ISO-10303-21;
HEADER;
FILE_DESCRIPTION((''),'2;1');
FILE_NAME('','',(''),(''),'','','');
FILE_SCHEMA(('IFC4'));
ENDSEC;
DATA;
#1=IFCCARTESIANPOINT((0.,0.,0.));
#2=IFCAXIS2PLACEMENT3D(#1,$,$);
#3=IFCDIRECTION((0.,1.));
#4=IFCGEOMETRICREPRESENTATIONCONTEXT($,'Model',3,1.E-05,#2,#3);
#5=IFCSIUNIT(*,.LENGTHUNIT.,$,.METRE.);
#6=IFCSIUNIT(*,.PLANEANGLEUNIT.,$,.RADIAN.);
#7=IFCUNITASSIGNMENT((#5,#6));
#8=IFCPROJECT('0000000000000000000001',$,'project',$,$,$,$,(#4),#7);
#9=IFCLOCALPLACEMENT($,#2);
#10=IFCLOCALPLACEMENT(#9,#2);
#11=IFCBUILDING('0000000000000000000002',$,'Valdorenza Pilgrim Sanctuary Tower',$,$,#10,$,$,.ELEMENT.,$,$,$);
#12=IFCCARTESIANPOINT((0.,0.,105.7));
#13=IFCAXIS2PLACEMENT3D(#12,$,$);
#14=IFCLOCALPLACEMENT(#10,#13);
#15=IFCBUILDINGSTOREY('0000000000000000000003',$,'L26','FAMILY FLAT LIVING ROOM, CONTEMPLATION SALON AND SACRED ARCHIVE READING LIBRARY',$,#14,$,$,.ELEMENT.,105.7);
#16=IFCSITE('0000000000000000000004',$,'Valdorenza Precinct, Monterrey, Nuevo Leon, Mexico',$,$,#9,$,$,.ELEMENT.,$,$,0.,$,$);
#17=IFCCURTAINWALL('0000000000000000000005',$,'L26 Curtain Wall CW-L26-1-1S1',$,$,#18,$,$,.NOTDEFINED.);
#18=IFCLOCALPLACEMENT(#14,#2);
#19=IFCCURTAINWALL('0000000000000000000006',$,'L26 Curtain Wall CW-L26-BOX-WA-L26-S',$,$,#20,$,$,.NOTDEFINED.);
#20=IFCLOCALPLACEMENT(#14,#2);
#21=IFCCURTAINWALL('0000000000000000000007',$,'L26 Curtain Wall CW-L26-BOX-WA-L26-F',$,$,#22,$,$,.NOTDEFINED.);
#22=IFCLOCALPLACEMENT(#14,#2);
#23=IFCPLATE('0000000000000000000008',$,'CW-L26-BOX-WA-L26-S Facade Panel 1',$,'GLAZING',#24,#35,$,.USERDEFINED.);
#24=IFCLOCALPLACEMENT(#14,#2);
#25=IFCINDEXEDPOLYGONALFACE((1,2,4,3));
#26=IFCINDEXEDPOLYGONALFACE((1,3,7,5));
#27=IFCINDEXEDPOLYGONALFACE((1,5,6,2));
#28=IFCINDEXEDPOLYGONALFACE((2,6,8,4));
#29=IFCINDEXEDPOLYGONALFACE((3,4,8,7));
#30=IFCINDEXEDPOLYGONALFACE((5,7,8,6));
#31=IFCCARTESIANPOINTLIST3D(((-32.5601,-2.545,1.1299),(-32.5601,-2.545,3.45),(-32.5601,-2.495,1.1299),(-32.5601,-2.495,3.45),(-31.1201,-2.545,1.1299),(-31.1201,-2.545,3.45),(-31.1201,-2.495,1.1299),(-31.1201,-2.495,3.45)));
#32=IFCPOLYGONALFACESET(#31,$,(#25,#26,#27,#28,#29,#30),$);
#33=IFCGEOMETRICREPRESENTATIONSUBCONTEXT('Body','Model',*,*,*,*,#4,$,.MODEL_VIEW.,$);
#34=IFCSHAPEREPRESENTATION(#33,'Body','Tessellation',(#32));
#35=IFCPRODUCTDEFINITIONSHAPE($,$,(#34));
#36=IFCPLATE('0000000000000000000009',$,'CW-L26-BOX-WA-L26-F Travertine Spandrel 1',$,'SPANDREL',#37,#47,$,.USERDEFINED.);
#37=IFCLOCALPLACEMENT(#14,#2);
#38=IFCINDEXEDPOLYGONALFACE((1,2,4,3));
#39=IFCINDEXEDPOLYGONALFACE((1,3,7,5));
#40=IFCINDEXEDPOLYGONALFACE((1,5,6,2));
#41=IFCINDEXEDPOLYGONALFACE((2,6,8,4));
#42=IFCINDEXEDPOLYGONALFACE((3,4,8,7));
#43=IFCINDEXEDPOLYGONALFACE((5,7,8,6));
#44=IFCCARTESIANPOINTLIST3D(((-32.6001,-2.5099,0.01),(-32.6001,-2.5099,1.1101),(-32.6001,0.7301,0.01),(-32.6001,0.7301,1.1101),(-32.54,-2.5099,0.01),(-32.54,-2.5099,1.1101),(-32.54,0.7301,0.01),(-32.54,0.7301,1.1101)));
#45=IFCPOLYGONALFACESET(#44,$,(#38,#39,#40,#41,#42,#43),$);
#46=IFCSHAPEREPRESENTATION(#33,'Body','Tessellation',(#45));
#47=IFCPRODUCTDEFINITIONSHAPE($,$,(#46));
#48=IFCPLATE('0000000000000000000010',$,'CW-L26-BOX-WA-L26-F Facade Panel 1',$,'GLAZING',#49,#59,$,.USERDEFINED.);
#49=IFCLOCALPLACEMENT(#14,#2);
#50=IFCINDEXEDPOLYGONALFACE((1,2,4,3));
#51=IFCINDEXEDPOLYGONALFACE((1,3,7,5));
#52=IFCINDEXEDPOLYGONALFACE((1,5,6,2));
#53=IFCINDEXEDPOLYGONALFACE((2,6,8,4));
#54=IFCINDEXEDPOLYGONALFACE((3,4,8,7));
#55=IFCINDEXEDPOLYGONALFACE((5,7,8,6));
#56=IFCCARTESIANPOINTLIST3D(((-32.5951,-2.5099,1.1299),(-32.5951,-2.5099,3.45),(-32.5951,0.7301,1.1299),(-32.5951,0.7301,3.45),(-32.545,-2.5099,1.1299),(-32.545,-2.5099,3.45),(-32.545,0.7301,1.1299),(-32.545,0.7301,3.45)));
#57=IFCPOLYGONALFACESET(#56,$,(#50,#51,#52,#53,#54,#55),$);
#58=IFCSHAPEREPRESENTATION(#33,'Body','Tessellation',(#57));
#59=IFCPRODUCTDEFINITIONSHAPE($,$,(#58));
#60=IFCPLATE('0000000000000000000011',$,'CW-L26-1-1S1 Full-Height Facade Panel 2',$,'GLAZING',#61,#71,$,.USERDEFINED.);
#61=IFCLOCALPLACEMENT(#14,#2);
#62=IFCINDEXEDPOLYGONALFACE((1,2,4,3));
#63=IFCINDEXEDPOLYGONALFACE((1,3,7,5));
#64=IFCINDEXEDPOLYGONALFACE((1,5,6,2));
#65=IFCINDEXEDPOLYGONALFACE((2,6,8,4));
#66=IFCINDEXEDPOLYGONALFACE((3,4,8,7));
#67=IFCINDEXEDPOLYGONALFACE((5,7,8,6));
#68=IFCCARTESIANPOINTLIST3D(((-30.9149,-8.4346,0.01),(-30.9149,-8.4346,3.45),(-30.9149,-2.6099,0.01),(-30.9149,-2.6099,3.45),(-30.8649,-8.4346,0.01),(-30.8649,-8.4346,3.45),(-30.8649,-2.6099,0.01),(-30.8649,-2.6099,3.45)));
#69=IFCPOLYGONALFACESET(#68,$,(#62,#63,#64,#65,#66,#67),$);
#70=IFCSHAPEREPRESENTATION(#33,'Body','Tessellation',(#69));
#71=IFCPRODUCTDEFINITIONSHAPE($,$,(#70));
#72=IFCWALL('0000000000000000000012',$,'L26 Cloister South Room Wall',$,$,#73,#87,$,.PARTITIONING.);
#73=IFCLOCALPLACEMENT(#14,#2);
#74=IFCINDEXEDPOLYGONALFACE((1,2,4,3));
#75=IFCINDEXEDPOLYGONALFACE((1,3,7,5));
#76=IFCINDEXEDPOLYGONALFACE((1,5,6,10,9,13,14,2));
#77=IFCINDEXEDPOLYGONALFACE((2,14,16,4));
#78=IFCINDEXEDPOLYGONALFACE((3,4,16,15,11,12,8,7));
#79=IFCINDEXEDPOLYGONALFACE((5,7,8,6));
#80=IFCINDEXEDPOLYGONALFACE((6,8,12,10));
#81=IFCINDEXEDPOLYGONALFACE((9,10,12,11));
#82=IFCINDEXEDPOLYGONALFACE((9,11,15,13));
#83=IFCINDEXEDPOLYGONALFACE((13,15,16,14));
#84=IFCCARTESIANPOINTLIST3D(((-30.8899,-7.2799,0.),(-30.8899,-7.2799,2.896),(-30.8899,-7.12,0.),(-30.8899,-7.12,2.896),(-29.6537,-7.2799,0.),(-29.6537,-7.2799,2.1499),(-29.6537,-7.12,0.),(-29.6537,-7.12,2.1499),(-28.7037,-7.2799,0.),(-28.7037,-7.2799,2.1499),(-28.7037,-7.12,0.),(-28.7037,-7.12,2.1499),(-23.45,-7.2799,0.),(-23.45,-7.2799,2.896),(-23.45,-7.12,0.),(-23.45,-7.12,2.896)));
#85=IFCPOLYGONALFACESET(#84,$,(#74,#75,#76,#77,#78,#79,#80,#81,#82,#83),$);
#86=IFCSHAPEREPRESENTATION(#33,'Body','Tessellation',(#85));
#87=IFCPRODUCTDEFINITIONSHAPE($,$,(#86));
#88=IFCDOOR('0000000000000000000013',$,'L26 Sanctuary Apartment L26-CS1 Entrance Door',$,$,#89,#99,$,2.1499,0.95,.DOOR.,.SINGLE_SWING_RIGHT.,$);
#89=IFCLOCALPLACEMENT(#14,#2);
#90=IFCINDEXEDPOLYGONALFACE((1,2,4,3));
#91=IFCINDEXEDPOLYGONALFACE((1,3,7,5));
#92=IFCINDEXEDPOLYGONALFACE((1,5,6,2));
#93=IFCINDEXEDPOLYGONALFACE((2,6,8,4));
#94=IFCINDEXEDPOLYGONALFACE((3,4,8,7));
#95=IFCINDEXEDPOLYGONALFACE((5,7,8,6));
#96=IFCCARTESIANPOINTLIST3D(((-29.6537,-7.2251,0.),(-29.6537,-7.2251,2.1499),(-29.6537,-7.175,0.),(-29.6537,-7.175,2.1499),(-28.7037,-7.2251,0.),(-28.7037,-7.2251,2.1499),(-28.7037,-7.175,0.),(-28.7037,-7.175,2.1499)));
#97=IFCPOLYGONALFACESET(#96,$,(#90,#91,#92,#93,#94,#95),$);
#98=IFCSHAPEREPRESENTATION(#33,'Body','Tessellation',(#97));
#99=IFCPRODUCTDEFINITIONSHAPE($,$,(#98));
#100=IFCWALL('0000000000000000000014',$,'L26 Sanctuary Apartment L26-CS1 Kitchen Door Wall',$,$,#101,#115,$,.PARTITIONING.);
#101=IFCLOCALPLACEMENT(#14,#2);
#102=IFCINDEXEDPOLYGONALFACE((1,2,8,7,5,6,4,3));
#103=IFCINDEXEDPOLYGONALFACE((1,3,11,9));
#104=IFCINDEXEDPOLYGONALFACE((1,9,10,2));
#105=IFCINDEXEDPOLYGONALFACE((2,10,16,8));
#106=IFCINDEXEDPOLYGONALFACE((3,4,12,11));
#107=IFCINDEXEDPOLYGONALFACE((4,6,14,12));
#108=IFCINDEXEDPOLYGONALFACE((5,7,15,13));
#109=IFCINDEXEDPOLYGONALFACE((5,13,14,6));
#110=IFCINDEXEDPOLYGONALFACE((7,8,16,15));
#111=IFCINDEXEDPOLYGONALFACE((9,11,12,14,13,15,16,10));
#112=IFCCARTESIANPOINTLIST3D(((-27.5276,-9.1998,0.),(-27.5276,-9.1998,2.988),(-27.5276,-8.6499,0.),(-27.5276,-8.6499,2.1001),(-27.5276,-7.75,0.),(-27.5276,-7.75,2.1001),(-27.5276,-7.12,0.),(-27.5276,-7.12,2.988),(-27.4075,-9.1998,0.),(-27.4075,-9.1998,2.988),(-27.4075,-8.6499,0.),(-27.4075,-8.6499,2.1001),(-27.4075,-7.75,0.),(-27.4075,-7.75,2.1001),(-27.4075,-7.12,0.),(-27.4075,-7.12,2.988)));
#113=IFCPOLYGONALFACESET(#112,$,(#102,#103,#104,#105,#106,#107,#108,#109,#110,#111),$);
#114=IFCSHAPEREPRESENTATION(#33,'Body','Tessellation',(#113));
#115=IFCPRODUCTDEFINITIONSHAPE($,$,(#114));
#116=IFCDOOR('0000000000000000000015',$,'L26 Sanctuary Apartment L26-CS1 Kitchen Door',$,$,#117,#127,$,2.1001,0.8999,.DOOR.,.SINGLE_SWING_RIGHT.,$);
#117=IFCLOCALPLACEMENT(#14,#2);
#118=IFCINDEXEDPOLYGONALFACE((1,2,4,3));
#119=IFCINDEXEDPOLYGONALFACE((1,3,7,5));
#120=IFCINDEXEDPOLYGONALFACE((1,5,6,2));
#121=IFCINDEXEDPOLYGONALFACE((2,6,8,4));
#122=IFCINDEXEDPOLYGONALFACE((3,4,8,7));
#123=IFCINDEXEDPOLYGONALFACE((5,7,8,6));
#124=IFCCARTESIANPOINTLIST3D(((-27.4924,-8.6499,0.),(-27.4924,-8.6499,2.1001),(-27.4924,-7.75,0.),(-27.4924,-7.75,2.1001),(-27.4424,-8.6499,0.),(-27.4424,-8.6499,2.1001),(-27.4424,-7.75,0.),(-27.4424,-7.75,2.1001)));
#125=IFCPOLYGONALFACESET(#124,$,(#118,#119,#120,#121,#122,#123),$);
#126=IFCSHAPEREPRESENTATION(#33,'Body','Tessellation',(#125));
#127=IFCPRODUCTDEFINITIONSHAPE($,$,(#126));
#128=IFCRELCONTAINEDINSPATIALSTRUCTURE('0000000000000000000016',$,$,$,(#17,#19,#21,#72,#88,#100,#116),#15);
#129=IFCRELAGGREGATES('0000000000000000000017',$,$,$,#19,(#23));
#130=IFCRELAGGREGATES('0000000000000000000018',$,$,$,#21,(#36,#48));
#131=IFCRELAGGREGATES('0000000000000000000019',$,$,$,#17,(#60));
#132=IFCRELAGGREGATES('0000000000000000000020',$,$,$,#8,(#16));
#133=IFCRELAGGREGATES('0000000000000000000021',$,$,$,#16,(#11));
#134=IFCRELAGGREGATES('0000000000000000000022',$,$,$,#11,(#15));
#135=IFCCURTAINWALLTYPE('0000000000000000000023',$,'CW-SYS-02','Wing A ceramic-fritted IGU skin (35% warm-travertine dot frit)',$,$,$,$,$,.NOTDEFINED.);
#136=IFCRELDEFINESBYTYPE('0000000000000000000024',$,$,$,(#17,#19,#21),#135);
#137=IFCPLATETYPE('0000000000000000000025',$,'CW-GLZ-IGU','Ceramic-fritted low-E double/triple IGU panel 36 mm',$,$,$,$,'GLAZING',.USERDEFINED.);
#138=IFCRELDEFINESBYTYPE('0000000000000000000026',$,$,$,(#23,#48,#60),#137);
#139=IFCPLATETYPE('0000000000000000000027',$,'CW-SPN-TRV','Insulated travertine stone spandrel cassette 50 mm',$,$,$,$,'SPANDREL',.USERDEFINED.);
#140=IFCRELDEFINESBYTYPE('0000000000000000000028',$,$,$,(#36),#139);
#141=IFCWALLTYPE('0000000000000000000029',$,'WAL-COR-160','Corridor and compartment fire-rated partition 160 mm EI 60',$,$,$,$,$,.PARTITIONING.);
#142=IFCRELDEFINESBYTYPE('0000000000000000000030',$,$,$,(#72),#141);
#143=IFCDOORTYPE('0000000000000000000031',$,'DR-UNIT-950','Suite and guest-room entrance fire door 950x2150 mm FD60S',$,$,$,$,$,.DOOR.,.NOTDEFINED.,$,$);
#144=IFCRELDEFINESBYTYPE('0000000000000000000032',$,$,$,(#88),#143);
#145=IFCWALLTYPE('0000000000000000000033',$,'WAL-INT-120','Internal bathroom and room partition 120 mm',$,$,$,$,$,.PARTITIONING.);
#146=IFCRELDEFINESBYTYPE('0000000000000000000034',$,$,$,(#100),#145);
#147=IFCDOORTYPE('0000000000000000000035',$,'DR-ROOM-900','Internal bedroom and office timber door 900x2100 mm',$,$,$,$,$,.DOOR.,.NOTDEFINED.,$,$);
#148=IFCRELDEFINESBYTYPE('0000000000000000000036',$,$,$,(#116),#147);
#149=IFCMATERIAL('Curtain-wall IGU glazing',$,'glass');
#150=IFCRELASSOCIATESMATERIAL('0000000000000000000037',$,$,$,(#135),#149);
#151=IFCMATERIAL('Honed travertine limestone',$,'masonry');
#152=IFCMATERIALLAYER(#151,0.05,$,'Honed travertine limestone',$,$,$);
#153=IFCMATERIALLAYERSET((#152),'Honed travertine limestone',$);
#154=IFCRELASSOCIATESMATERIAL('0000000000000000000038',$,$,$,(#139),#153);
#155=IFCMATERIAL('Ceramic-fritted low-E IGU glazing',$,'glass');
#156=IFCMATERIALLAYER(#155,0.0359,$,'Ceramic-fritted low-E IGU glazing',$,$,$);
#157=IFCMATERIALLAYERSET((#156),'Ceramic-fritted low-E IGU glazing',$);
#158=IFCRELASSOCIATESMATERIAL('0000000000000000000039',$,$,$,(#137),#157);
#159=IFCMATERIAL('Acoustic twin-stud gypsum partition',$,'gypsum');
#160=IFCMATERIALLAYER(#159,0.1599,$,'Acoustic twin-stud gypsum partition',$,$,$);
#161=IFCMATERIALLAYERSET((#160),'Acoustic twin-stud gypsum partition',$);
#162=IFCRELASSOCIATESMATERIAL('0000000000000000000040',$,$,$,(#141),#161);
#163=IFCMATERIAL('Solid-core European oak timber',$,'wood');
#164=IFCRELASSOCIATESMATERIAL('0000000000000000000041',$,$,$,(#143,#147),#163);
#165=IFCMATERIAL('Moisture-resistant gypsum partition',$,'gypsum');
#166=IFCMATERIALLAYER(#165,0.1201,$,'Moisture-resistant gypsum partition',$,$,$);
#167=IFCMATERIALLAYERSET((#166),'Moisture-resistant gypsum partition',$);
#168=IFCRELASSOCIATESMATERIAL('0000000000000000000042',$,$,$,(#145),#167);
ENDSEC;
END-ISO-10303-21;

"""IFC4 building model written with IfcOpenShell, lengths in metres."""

from ifc_helpers import new_model, si_unit, direction, frame, frame_2d, origin, origin_2d, place, context, subcontext, project, spatial, rectangle, extrude, source, transform, mapped, material, layer, layer_set, type_object, element, fill, aggregate, save


model = new_model("IFC4")

# Units and contexts
model_context = context("Model", 3, precision=1e-05, world=origin(), true_north=direction((0.0, 1.0)))
body_context = subcontext(model_context, "Body", "Model", "MODEL_VIEW")
ifc_project = project(units=[si_unit("LENGTHUNIT", "METRE"), si_unit("PLANEANGLEUNIT", "RADIAN")], contexts=[model_context])

# Site, building, storey
site_placement = place(None, origin())
site = spatial("IfcSite", under=ifc_project, at=site_placement, Name="Valdorenza Precinct, Monterrey, Nuevo Leon, Mexico", CompositionType="ELEMENT", RefElevation=0.0)
building_placement = place(site_placement, origin())
building = spatial("IfcBuilding", under=site, at=building_placement, Name="Valdorenza Pilgrim Sanctuary Tower", CompositionType="ELEMENT")
storey_placement = place(building_placement, frame((0.0, 0.0, 105.7)))
storey = spatial("IfcBuildingStorey", under=building, at=storey_placement, Name="L26", Description="FAMILY FLAT LIVING ROOM, CONTEMPLATION SALON AND SACRED ARCHIVE READING LIBRARY", CompositionType="ELEMENT", Elevation=105.7)

# Curtain walls
ifc_material_1 = material(Name="Curtain-wall IGU glazing", Category="glass")
curtain_wall_type = type_object("IfcCurtainWallType", Name="CW-SYS-02", Description="Wing A ceramic-fritted IGU skin (35% warm-travertine dot frit)", PredefinedType="NOTDEFINED", material=ifc_material_1)
curtain_wall_1_placement = place(storey_placement, origin())
curtain_wall_1 = element("IfcCurtainWall", 1, at=curtain_wall_1_placement, inside=storey, type_object=curtain_wall_type, Name="L26 Curtain Wall CW-L26-1-1S1", PredefinedType="NOTDEFINED")
curtain_wall_2_placement = place(storey_placement, origin())
curtain_wall_2 = element("IfcCurtainWall", 2, at=curtain_wall_2_placement, inside=storey, type_object=curtain_wall_type, Name="L26 Curtain Wall CW-L26-BOX-WA-L26-S", PredefinedType="NOTDEFINED")

# Curtain wall
curtain_wall_3_placement = place(storey_placement, origin())
curtain_wall_3 = element("IfcCurtainWall", 3, at=curtain_wall_3_placement, inside=storey, type_object=curtain_wall_type, Name="L26 Curtain Wall CW-L26-BOX-WA-L26-F", PredefinedType="NOTDEFINED")

# Plates
ifc_material_2 = material(Name="Honed travertine limestone", Category="masonry")
ifc_layer_1 = layer(ifc_material_2, 0.05, Name="Honed travertine limestone")
ifc_layer_set_1 = layer_set([ifc_layer_1], Name="Honed travertine limestone")
plate_type_1 = type_object("IfcPlateType", Name="CW-SPN-TRV", Description="Insulated travertine stone spandrel cassette 50 mm", ElementType="SPANDREL", PredefinedType="USERDEFINED", material=ifc_layer_set_1)
ifc_material_3 = material(Name="Ceramic-fritted low-E IGU glazing", Category="glass")
ifc_layer_2 = layer(ifc_material_3, 0.0359, Name="Ceramic-fritted low-E IGU glazing")
ifc_layer_set_2 = layer_set([ifc_layer_2], Name="Ceramic-fritted low-E IGU glazing")
plate_type_2 = type_object("IfcPlateType", Name="CW-GLZ-IGU", Description="Ceramic-fritted low-E double/triple IGU panel 36 mm", ElementType="GLAZING", PredefinedType="USERDEFINED", material=ifc_layer_set_2)
shared_shape_1 = source(origin(), body_context, "Body", "SweptSolid", [
    extrude(rectangle(XDim=1.4399, YDim=0.05, at=origin_2d()), origin(), (0.0, 0.0, 1.0), 2.3201),
])
plate_1_placement = place(storey_placement, frame((-31.8401, -2.52, 1.1299), z_axis=(0.0, 0.0, 1.0), x_axis=(-1.0, 0.0, 0.0)))
plate_1 = element("IfcPlate", 4, at=plate_1_placement, type_object=plate_type_2, Name="CW-L26-BOX-WA-L26-S Facade Panel 1", ObjectType="GLAZING", PredefinedType="USERDEFINED", context=body_context, shape_type="MappedRepresentation", body=[
    mapped(shared_shape_1, transform((0.0, 0.0, 0.0), x_axis=(1.0, 0.0, 0.0), y_axis=(0.0, 1.0, 0.0), z_axis=(0.0, 0.0, 1.0), scale=1.0)),
])
aggregate(curtain_wall_2, [plate_1])
shared_shape_2 = source(origin(), body_context, "Body", "SweptSolid", [
    extrude(rectangle(XDim=3.24, YDim=0.0601, at=origin_2d()), origin(), (0.0, 0.0, 1.0), 1.1001),
])
plate_2_placement = place(storey_placement, frame((-32.5701, -0.8899, 0.01), z_axis=(0.0, 0.0, 1.0), x_axis=(0.0, 1.0, 0.0)))
plate_2 = element("IfcPlate", 5, at=plate_2_placement, type_object=plate_type_1, Name="CW-L26-BOX-WA-L26-F Travertine Spandrel 1", ObjectType="SPANDREL", PredefinedType="USERDEFINED", context=body_context, shape_type="MappedRepresentation", body=[
    mapped(shared_shape_2, transform((0.0, 0.0, 0.0), x_axis=(1.0, 0.0, 0.0), y_axis=(0.0, 1.0, 0.0), z_axis=(0.0, 0.0, 1.0), scale=1.0)),
])
shared_shape_3 = source(origin(), body_context, "Body", "SweptSolid", [
    extrude(rectangle(XDim=3.24, YDim=0.05, at=origin_2d()), origin(), (0.0, 0.0, 1.0), 2.3201),
])
plate_3_placement = place(storey_placement, frame((-32.5701, -0.8899, 1.1299), z_axis=(0.0, 0.0, 1.0), x_axis=(0.0, 1.0, 0.0)))
plate_3 = element("IfcPlate", 6, at=plate_3_placement, type_object=plate_type_2, Name="CW-L26-BOX-WA-L26-F Facade Panel 1", ObjectType="GLAZING", PredefinedType="USERDEFINED", context=body_context, shape_type="MappedRepresentation", body=[
    mapped(shared_shape_3, transform((0.0, 0.0, 0.0), x_axis=(1.0, 0.0, 0.0), y_axis=(0.0, 1.0, 0.0), z_axis=(0.0, 0.0, 1.0), scale=1.0)),
])
aggregate(curtain_wall_3, [plate_2, plate_3])
shared_shape_4 = source(origin(), body_context, "Body", "SweptSolid", [
    extrude(rectangle(XDim=5.8247, YDim=0.05, at=origin_2d()), origin(), (0.0, 0.0, 1.0), 3.4399),
])
plate_4_placement = place(storey_placement, frame((-30.8899, -5.5222, 0.01), z_axis=(0.0, 0.0, 1.0), x_axis=(0.0, 1.0, 0.0)))
plate_4 = element("IfcPlate", 7, at=plate_4_placement, type_object=plate_type_2, Name="CW-L26-1-1S1 Full-Height Facade Panel 2", ObjectType="GLAZING", PredefinedType="USERDEFINED", context=body_context, shape_type="MappedRepresentation", body=[
    mapped(shared_shape_4, transform((0.0, 0.0, 0.0), x_axis=(1.0, 0.0, 0.0), y_axis=(0.0, 1.0, 0.0), z_axis=(0.0, 0.0, 1.0), scale=1.0)),
])
aggregate(curtain_wall_1, [plate_4])

# Walls, openings, doors
ifc_material_4 = material(Name="Acoustic twin-stud gypsum partition", Category="gypsum")
ifc_layer_3 = layer(ifc_material_4, 0.1599, Name="Acoustic twin-stud gypsum partition")
ifc_layer_set_3 = layer_set([ifc_layer_3], Name="Acoustic twin-stud gypsum partition")
wall_type_1 = type_object("IfcWallType", Name="WAL-COR-160", Description="Corridor and compartment fire-rated partition 160 mm EI 60", PredefinedType="PARTITIONING", material=ifc_layer_set_3)
wall_1_placement = place(storey_placement, frame((-30.8899, -7.2, 0.0), z_axis=(0.0, 0.0, 1.0), x_axis=(1.0, 0.0, 0.0)))
wall_1 = element("IfcWall", 8, at=wall_1_placement, inside=storey, type_object=wall_type_1, Name="L26 Cloister South Room Wall", PredefinedType="PARTITIONING", context=body_context, shape_type="SweptSolid", body=[
    extrude(rectangle(XDim=7.4399, YDim=0.1599, at=frame_2d((3.72, 0.0))), origin(), (0.0, 0.0, 1.0), 2.896),
])
opening_1_placement = place(wall_1_placement, frame((1.2361, 0.0, 0.0)))
opening_1 = element("IfcOpeningElement", 9, at=opening_1_placement, cuts=wall_1, PredefinedType="OPENING", context=body_context, shape_type="SweptSolid", body=[
    extrude(rectangle(XDim=0.95, YDim=2.1499, at=frame_2d((0.4751, 1.075))), frame((0.0, 0.0947, 0.0), z_axis=(0.0, -1.0, 0.0), x_axis=(1.0, 0.0, 0.0)), (0.0, 0.0, 1.0), 0.1897),
])
ifc_material_5 = material(Name="Solid-core European oak timber", Category="wood")
door_type_1 = type_object("IfcDoorType", Name="DR-UNIT-950", Description="Suite and guest-room entrance fire door 950x2150 mm FD60S", OperationType="NOTDEFINED", PredefinedType="DOOR", material=ifc_material_5)
door_1_placement = place(opening_1_placement, origin())
door_1 = element("IfcDoor", 10, at=door_1_placement, inside=storey, type_object=door_type_1, Name="L26 Sanctuary Apartment L26-CS1 Entrance Door", OperationType="SINGLE_SWING_RIGHT", OverallHeight=2.1499, OverallWidth=0.95, PredefinedType="DOOR", context=body_context, shape_type="SweptSolid", body=[
    extrude(rectangle(XDim=0.95, YDim=2.1499, at=frame_2d((0.4751, 1.075))), frame((0.0, 0.0249, 0.0), z_axis=(0.0, -1.0, 0.0), x_axis=(1.0, 0.0, 0.0)), (0.0, 0.0, 1.0), 0.05),
])
fill(opening_1, door_1)
ifc_material_6 = material(Name="Moisture-resistant gypsum partition", Category="gypsum")
ifc_layer_4 = layer(ifc_material_6, 0.1201, Name="Moisture-resistant gypsum partition")
ifc_layer_set_4 = layer_set([ifc_layer_4], Name="Moisture-resistant gypsum partition")
wall_type_2 = type_object("IfcWallType", Name="WAL-INT-120", Description="Internal bathroom and room partition 120 mm", PredefinedType="PARTITIONING", material=ifc_layer_set_4)
wall_2_placement = place(storey_placement, frame((-27.4675, -9.2, 0.0), z_axis=(0.0, 0.0, 1.0), x_axis=(0.0, 1.0, 0.0)))
wall_2 = element("IfcWall", 11, at=wall_2_placement, inside=storey, type_object=wall_type_2, Name="L26 Sanctuary Apartment L26-CS1 Kitchen Door Wall", PredefinedType="PARTITIONING", context=body_context, shape_type="SweptSolid", body=[
    extrude(rectangle(XDim=2.0798, YDim=0.1201, at=frame_2d((1.04, 0.0))), origin(), (0.0, 0.0, 1.0), 2.988),
])
opening_2_placement = place(wall_2_placement, frame((0.55, 0.0, 0.0)))
opening_2 = element("IfcOpeningElement", 12, at=opening_2_placement, cuts=wall_2, PredefinedType="OPENING", context=body_context, shape_type="SweptSolid", body=[
    extrude(rectangle(XDim=0.8999, YDim=2.1001, at=frame_2d((0.45, 1.05))), frame((0.0, 0.075, 0.0), z_axis=(0.0, -1.0, 0.0), x_axis=(1.0, 0.0, 0.0)), (0.0, 0.0, 1.0), 0.1499),
])
door_type_2 = type_object("IfcDoorType", Name="DR-ROOM-900", Description="Internal bedroom and office timber door 900x2100 mm", OperationType="NOTDEFINED", PredefinedType="DOOR", material=ifc_material_5)
door_2_placement = place(opening_2_placement, origin())
door_2 = element("IfcDoor", 13, at=door_2_placement, inside=storey, type_object=door_type_2, Name="L26 Sanctuary Apartment L26-CS1 Kitchen Door", OperationType="SINGLE_SWING_RIGHT", OverallHeight=2.1001, OverallWidth=0.8999, PredefinedType="DOOR", context=body_context, shape_type="SweptSolid", body=[
    extrude(rectangle(XDim=0.8999, YDim=2.1001, at=frame_2d((0.45, 1.05))), frame((0.0, 0.0249, 0.0), z_axis=(0.0, -1.0, 0.0), x_axis=(1.0, 0.0, 0.0)), (0.0, 0.0, 1.0), 0.05),
])
fill(opening_2, door_2)

save(model, "model.ifc")
